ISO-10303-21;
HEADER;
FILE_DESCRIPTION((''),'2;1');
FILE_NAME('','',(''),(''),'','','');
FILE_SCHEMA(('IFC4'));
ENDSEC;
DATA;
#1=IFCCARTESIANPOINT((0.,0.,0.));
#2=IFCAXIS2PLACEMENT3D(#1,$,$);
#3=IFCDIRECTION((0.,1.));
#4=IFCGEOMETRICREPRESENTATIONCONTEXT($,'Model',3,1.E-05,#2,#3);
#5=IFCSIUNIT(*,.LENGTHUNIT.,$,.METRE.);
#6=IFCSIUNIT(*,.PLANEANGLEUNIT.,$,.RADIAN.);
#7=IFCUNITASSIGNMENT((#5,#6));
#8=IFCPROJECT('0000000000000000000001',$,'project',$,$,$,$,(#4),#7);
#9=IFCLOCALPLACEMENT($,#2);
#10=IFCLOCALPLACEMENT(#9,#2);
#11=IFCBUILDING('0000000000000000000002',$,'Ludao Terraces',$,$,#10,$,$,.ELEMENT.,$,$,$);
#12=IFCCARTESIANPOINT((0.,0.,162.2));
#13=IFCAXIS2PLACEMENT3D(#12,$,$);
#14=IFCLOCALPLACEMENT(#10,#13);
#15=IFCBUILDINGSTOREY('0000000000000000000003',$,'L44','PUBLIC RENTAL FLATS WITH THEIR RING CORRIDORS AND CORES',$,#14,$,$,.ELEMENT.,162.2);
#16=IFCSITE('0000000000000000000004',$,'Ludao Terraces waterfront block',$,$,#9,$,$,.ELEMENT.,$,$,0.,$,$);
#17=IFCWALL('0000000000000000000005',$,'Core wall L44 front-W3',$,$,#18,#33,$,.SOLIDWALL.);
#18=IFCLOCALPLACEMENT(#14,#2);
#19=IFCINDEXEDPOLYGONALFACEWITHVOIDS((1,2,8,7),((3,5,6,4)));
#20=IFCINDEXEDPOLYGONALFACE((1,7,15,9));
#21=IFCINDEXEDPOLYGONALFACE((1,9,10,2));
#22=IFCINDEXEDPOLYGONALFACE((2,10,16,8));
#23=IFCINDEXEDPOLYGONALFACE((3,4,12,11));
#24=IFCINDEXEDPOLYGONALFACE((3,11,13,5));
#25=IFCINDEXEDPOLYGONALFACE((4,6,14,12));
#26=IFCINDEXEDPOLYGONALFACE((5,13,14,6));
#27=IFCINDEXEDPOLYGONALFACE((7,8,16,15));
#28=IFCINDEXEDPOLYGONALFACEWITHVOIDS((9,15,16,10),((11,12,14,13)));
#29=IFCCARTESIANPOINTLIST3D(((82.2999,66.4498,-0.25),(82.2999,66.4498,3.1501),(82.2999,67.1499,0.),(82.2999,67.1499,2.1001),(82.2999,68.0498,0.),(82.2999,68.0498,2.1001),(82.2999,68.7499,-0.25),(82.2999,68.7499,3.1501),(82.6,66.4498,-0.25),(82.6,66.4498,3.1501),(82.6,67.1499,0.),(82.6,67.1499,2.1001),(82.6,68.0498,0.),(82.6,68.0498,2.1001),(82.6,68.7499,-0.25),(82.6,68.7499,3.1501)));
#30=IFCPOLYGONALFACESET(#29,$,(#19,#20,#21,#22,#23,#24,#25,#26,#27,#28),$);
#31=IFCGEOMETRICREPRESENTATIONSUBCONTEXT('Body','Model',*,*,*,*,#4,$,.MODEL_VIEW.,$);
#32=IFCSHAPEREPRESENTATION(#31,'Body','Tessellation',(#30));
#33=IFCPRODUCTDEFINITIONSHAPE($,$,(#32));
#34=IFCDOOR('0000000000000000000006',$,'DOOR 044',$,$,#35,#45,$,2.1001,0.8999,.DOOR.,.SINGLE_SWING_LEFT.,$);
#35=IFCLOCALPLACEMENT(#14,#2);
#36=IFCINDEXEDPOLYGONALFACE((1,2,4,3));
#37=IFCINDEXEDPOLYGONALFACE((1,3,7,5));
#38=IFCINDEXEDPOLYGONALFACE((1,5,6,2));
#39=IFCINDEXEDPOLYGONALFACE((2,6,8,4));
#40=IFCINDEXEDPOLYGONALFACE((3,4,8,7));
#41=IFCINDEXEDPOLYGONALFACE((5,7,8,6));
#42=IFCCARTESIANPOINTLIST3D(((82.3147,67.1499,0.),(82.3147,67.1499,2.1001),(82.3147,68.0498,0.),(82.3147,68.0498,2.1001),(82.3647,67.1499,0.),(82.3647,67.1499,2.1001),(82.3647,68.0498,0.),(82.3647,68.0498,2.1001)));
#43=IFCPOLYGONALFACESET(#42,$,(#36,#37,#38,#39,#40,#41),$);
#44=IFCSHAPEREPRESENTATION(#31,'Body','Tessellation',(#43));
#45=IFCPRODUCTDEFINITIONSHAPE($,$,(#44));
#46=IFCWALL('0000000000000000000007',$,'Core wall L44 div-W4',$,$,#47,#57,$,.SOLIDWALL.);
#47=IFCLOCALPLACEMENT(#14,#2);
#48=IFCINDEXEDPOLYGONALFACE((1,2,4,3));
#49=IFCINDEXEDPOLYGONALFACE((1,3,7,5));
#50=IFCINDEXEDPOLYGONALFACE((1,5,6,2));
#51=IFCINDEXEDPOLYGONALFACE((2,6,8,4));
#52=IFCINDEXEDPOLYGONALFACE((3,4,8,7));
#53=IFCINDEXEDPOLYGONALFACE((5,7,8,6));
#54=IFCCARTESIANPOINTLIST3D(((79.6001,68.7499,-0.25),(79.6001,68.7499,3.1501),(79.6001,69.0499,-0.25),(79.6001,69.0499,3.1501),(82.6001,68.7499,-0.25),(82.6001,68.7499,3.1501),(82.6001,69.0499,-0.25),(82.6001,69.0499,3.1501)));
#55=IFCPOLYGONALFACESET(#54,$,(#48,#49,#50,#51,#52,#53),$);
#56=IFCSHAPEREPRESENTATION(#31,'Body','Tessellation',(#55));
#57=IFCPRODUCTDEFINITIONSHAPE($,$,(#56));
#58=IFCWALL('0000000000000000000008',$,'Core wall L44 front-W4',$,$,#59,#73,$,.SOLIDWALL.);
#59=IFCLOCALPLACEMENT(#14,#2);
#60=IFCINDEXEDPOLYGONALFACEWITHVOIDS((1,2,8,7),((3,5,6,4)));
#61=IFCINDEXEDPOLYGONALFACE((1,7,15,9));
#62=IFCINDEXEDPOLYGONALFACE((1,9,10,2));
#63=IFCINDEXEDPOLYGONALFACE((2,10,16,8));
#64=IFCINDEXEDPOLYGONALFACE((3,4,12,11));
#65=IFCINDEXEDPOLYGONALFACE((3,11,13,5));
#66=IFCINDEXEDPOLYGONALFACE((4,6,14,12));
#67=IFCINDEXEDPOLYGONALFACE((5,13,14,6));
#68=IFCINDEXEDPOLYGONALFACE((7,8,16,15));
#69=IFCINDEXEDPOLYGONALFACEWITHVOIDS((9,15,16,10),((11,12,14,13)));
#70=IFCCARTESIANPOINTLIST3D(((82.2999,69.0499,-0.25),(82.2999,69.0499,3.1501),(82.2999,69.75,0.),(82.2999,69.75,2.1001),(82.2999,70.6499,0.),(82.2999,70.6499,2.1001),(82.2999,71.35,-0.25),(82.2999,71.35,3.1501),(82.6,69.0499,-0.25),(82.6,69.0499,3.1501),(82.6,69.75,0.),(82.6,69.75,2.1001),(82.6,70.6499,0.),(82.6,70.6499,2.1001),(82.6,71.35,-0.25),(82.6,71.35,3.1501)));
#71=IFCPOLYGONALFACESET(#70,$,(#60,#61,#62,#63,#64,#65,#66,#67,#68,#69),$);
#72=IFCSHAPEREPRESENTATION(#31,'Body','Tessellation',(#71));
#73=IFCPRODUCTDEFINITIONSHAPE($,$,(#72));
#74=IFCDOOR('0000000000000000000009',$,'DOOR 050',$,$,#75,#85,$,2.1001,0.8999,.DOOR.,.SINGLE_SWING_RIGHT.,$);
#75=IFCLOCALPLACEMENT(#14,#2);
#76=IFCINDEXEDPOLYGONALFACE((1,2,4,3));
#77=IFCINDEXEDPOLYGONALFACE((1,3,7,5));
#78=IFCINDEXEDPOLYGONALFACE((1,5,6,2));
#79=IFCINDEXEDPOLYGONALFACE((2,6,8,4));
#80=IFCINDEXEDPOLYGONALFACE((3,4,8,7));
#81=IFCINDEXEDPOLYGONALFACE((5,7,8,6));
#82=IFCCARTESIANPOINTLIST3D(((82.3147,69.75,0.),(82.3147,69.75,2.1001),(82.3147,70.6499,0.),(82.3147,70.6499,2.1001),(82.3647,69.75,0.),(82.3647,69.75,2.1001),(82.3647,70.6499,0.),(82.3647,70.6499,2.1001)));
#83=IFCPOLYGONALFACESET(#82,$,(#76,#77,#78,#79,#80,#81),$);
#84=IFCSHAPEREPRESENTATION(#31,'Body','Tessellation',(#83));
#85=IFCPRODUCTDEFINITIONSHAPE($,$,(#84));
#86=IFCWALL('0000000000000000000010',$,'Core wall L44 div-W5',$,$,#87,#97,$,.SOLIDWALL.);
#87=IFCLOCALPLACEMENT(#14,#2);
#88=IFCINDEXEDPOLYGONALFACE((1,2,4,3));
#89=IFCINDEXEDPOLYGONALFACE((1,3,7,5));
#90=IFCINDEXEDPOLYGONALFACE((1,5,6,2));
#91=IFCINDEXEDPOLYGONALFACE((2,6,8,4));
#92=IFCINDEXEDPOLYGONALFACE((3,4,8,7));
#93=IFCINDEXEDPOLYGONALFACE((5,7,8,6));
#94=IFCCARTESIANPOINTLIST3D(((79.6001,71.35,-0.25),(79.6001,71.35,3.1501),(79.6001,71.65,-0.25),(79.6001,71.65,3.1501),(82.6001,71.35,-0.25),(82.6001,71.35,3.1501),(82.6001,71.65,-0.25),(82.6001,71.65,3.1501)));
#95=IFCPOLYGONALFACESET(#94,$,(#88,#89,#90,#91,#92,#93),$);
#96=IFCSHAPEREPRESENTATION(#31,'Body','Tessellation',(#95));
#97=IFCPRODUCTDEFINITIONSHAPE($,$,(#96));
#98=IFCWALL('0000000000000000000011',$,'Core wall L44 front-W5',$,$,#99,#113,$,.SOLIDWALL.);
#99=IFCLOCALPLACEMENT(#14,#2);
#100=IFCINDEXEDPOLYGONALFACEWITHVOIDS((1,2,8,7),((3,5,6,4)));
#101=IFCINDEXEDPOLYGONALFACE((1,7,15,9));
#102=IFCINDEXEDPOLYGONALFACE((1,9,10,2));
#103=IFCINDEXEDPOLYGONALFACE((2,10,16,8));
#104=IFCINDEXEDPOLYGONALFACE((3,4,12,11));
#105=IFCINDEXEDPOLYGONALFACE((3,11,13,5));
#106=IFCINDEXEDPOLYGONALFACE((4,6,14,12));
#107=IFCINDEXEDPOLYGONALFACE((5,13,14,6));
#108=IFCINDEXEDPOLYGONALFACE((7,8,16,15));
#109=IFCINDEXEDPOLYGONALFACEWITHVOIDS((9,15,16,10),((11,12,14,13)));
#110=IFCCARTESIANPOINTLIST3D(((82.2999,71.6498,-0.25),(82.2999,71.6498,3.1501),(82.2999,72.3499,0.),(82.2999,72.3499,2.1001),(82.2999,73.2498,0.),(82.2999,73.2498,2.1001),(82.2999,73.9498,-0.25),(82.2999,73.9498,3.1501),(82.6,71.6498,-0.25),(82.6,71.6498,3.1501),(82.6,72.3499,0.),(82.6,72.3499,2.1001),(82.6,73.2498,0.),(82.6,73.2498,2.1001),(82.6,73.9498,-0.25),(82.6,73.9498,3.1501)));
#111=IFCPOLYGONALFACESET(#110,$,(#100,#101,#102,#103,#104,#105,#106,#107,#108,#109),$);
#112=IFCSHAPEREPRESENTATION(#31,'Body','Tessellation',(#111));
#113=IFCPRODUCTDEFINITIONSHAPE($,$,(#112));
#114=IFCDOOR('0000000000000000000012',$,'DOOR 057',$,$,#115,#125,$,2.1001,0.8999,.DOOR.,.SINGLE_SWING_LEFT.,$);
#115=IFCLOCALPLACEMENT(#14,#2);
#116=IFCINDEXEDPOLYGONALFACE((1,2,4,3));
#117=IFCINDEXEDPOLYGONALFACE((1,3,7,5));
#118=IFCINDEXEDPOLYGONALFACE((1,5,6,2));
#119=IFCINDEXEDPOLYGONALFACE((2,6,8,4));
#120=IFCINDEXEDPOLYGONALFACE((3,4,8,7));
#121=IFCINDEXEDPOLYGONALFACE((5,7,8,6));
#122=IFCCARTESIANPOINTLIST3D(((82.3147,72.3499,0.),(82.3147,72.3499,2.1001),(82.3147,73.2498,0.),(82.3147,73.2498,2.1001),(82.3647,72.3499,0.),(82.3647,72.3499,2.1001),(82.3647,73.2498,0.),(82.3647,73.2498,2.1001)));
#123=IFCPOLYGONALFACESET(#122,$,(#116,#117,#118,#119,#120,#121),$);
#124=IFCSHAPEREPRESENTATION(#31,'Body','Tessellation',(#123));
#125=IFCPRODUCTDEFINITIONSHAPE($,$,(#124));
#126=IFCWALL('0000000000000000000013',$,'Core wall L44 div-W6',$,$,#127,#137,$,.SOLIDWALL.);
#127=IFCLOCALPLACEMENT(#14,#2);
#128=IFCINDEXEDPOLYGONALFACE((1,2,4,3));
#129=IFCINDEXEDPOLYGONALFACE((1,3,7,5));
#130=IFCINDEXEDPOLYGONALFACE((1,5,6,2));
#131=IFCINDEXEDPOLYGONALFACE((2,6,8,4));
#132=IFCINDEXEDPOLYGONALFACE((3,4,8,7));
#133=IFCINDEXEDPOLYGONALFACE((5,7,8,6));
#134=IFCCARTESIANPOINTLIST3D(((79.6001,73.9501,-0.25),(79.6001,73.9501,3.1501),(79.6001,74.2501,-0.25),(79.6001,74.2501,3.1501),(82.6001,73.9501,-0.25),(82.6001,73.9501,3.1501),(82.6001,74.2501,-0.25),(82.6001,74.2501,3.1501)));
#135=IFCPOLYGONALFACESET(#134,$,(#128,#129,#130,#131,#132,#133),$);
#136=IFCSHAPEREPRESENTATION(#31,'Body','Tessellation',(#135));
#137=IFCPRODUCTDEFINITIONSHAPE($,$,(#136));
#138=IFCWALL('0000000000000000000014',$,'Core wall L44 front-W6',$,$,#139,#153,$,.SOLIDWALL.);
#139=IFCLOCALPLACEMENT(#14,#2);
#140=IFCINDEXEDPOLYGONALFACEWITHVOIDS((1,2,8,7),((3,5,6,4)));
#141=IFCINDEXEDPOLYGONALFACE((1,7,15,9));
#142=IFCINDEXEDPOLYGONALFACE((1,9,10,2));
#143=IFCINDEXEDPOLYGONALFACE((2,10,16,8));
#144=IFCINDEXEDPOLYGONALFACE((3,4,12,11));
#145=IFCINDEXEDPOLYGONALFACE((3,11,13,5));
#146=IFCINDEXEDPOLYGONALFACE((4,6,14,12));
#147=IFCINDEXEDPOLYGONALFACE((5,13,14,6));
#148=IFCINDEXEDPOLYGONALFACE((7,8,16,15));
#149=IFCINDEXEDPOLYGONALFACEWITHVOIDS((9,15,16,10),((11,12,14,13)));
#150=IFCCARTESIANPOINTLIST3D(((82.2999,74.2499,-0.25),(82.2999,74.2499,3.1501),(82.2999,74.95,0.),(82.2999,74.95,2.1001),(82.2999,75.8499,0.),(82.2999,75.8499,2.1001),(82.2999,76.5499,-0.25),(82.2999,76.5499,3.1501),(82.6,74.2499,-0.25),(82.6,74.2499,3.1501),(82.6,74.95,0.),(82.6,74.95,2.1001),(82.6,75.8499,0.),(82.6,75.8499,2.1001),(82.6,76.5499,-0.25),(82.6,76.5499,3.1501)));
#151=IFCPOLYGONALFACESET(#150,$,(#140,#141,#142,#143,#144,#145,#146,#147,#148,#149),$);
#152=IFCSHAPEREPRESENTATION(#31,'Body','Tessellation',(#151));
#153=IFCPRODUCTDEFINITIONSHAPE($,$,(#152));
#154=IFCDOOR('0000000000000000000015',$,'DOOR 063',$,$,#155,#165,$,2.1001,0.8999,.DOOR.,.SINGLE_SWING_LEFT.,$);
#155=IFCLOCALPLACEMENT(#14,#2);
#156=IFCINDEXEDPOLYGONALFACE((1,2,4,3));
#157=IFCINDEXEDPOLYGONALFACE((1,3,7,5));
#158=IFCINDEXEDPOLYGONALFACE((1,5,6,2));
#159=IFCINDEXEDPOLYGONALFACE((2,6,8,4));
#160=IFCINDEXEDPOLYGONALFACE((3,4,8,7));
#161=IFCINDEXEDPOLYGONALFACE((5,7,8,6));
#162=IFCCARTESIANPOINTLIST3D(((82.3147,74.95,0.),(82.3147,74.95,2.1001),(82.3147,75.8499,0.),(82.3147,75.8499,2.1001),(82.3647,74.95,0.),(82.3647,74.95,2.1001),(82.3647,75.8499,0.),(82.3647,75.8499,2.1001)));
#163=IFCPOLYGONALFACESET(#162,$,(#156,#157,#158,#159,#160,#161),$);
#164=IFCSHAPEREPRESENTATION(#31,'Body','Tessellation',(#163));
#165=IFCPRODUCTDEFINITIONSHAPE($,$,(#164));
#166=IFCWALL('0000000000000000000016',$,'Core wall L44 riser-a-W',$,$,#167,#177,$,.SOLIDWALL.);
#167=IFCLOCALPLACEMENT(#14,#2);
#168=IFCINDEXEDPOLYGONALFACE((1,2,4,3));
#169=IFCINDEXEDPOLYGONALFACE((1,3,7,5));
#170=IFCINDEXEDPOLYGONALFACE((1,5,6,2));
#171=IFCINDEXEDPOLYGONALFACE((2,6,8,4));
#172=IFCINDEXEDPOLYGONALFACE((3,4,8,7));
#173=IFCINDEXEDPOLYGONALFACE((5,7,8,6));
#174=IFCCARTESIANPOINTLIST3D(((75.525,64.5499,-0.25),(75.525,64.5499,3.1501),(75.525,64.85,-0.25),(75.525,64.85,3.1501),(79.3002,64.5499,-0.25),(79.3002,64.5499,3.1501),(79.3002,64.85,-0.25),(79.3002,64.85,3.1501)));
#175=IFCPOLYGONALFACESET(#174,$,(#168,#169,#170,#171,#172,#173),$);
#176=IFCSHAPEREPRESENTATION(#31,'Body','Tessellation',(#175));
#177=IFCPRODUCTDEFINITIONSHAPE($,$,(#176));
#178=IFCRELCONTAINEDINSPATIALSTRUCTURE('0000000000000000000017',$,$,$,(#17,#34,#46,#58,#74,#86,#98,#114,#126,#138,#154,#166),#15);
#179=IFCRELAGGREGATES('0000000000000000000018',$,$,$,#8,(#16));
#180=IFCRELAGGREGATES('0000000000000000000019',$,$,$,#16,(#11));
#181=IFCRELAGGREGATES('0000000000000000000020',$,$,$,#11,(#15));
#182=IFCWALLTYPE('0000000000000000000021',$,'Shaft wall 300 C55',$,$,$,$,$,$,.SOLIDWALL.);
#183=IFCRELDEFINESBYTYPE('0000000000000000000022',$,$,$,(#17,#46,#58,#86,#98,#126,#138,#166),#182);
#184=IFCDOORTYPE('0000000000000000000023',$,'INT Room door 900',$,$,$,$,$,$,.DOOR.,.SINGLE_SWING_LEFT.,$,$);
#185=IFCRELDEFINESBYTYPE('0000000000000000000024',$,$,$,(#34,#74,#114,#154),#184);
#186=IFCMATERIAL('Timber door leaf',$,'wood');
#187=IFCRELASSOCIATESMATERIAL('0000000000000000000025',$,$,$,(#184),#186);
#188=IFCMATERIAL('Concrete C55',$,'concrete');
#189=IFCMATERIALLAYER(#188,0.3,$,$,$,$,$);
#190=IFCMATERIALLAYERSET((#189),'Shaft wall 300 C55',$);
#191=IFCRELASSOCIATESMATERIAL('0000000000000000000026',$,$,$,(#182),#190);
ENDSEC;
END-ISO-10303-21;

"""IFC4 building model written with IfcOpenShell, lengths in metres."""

from ifc_helpers import new_model, si_unit, direction, frame, frame_2d, origin, place, context, subcontext, project, spatial, rectangle, extrude, material, layer, layer_set, type_object, element, fill, save


model = new_model("IFC4")

# Units and contexts
model_context = context("Model", 3, precision=1e-05, world=origin(), true_north=direction((0.0, 1.0)))
body_context = subcontext(model_context, "Body", "Model", "MODEL_VIEW")
ifc_project = project(units=[si_unit("LENGTHUNIT", "METRE"), si_unit("PLANEANGLEUNIT", "RADIAN")], contexts=[model_context])

# Site, building, storey
site_placement = place(None, origin())
site = spatial("IfcSite", under=ifc_project, at=site_placement, Name="Ludao Terraces waterfront block", CompositionType="ELEMENT", RefElevation=0.0)
building_placement = place(site_placement, origin())
building = spatial("IfcBuilding", under=site, at=building_placement, Name="Ludao Terraces", CompositionType="ELEMENT")
storey_placement = place(building_placement, frame((0.0, 0.0, 162.2)))
storey = spatial("IfcBuildingStorey", under=building, at=storey_placement, Name="L44", Description="PUBLIC RENTAL FLATS WITH THEIR RING CORRIDORS AND CORES", CompositionType="ELEMENT", Elevation=162.2)

# Shared definitions
ifc_material_1 = material(Name="Timber door leaf", Category="wood")
door_type_1 = type_object("IfcDoorType", Name="INT Room door 900", OperationType="SINGLE_SWING_LEFT", PredefinedType="DOOR", material=ifc_material_1)

# Shared definitions
ifc_material_2 = material(Name="Concrete C55", Category="concrete")
ifc_layer_1 = layer(ifc_material_2, 0.3)
ifc_layer_set_1 = layer_set([ifc_layer_1], Name="Shaft wall 300 C55")
wall_type_1 = type_object("IfcWallType", Name="Shaft wall 300 C55", PredefinedType="SOLIDWALL", material=ifc_layer_set_1)

# Wall, opening, door
wall_1_placement = place(storey_placement, frame((82.45, 66.45, -0.25), z_axis=(0.0, 0.0, 1.0), x_axis=(0.0, 1.0, 0.0)))
wall_1 = element("IfcWall", 1, at=wall_1_placement, inside=storey, type_object=wall_type_1, Name="Core wall L44 front-W3", PredefinedType="SOLIDWALL", context=body_context, shape_type="SweptSolid", body=[
    extrude(rectangle(XDim=2.3, YDim=0.3, at=frame_2d((1.1499, 0.0))), origin(), (0.0, 0.0, 1.0), 3.4001),
])
opening_1_placement = place(wall_1_placement, frame((0.7, 0.0, 0.25)))
opening_1 = element("IfcOpeningElement", 2, at=opening_1_placement, cuts=wall_1, PredefinedType="OPENING", context=body_context, shape_type="SweptSolid", body=[
    extrude(rectangle(XDim=0.8999, YDim=2.1001, at=frame_2d((0.45, 1.05))), frame((0.0, 0.1602, 0.0), z_axis=(0.0, -1.0, 0.0), x_axis=(1.0, 0.0, 0.0)), (0.0, 0.0, 1.0), 0.3201),
])
door_1_placement = place(opening_1_placement, origin())
door_1 = element("IfcDoor", 3, at=door_1_placement, inside=storey, type_object=door_type_1, Name="DOOR 044", OperationType="SINGLE_SWING_LEFT", OverallHeight=2.1001, OverallWidth=0.8999, PredefinedType="DOOR", context=body_context, shape_type="SweptSolid", body=[
    extrude(rectangle(XDim=0.8999, YDim=2.1001, at=frame_2d((0.45, 1.05))), frame((0.0, 0.1353, 0.0), z_axis=(0.0, -1.0, 0.0), x_axis=(1.0, 0.0, 0.0)), (0.0, 0.0, 1.0), 0.05),
])
fill(opening_1, door_1)

# Wall
wall_2_placement = place(storey_placement, frame((79.6001, 68.8999, -0.25), z_axis=(0.0, 0.0, 1.0), x_axis=(1.0, 0.0, 0.0)))
element("IfcWall", 4, at=wall_2_placement, inside=storey, type_object=wall_type_1, Name="Core wall L44 div-W4", PredefinedType="SOLIDWALL", context=body_context, shape_type="SweptSolid", body=[
    extrude(rectangle(XDim=3.0, YDim=0.3, at=frame_2d((1.5, 0.0))), origin(), (0.0, 0.0, 1.0), 3.4001),
])

# Wall, opening, door
wall_3_placement = place(storey_placement, frame((82.45, 69.05, -0.25), z_axis=(0.0, 0.0, 1.0), x_axis=(0.0, 1.0, 0.0)))
wall_3 = element("IfcWall", 5, at=wall_3_placement, inside=storey, type_object=wall_type_1, Name="Core wall L44 front-W4", PredefinedType="SOLIDWALL", context=body_context, shape_type="SweptSolid", body=[
    extrude(rectangle(XDim=2.3, YDim=0.3, at=frame_2d((1.1499, 0.0))), origin(), (0.0, 0.0, 1.0), 3.4001),
])
opening_2_placement = place(wall_3_placement, frame((0.7, 0.0, 0.25)))
opening_2 = element("IfcOpeningElement", 6, at=opening_2_placement, cuts=wall_3, PredefinedType="OPENING", context=body_context, shape_type="SweptSolid", body=[
    extrude(rectangle(XDim=0.8999, YDim=2.1001, at=frame_2d((0.45, 1.05))), frame((0.0, 0.1602, 0.0), z_axis=(0.0, -1.0, 0.0), x_axis=(1.0, 0.0, 0.0)), (0.0, 0.0, 1.0), 0.3201),
])
door_2_placement = place(opening_2_placement, origin())
door_2 = element("IfcDoor", 7, at=door_2_placement, inside=storey, type_object=door_type_1, Name="DOOR 050", OperationType="SINGLE_SWING_RIGHT", OverallHeight=2.1001, OverallWidth=0.8999, PredefinedType="DOOR", context=body_context, shape_type="SweptSolid", body=[
    extrude(rectangle(XDim=0.8999, YDim=2.1001, at=frame_2d((0.45, 1.05))), frame((0.0, 0.1353, 0.0), z_axis=(0.0, -1.0, 0.0), x_axis=(1.0, 0.0, 0.0)), (0.0, 0.0, 1.0), 0.05),
])
fill(opening_2, door_2)

# Wall
wall_4_placement = place(storey_placement, frame((79.6001, 71.5, -0.25), z_axis=(0.0, 0.0, 1.0), x_axis=(1.0, 0.0, 0.0)))
element("IfcWall", 8, at=wall_4_placement, inside=storey, type_object=wall_type_1, Name="Core wall L44 div-W5", PredefinedType="SOLIDWALL", context=body_context, shape_type="SweptSolid", body=[
    extrude(rectangle(XDim=3.0, YDim=0.3, at=frame_2d((1.5, 0.0))), origin(), (0.0, 0.0, 1.0), 3.4001),
])

# Wall, opening, door
wall_5_placement = place(storey_placement, frame((82.45, 71.6499, -0.25), z_axis=(0.0, 0.0, 1.0), x_axis=(0.0, 1.0, 0.0)))
wall_5 = element("IfcWall", 9, at=wall_5_placement, inside=storey, type_object=wall_type_1, Name="Core wall L44 front-W5", PredefinedType="SOLIDWALL", context=body_context, shape_type="SweptSolid", body=[
    extrude(rectangle(XDim=2.3, YDim=0.3, at=frame_2d((1.1499, 0.0))), origin(), (0.0, 0.0, 1.0), 3.4001),
])
opening_3_placement = place(wall_5_placement, frame((0.7, 0.0, 0.25)))
opening_3 = element("IfcOpeningElement", 10, at=opening_3_placement, cuts=wall_5, PredefinedType="OPENING", context=body_context, shape_type="SweptSolid", body=[
    extrude(rectangle(XDim=0.8999, YDim=2.1001, at=frame_2d((0.45, 1.05))), frame((0.0, 0.1602, 0.0), z_axis=(0.0, -1.0, 0.0), x_axis=(1.0, 0.0, 0.0)), (0.0, 0.0, 1.0), 0.3201),
])
door_3_placement = place(opening_3_placement, origin())
door_3 = element("IfcDoor", 11, at=door_3_placement, inside=storey, type_object=door_type_1, Name="DOOR 057", OperationType="SINGLE_SWING_LEFT", OverallHeight=2.1001, OverallWidth=0.8999, PredefinedType="DOOR", context=body_context, shape_type="SweptSolid", body=[
    extrude(rectangle(XDim=0.8999, YDim=2.1001, at=frame_2d((0.45, 1.05))), frame((0.0, 0.1353, 0.0), z_axis=(0.0, -1.0, 0.0), x_axis=(1.0, 0.0, 0.0)), (0.0, 0.0, 1.0), 0.05),
])
fill(opening_3, door_3)

# Wall
wall_6_placement = place(storey_placement, frame((79.6001, 74.1001, -0.25), z_axis=(0.0, 0.0, 1.0), x_axis=(1.0, 0.0, 0.0)))
element("IfcWall", 12, at=wall_6_placement, inside=storey, type_object=wall_type_1, Name="Core wall L44 div-W6", PredefinedType="SOLIDWALL", context=body_context, shape_type="SweptSolid", body=[
    extrude(rectangle(XDim=3.0, YDim=0.3, at=frame_2d((1.5, 0.0))), origin(), (0.0, 0.0, 1.0), 3.4001),
])

# Wall, opening, door
wall_7_placement = place(storey_placement, frame((82.45, 74.25, -0.25), z_axis=(0.0, 0.0, 1.0), x_axis=(0.0, 1.0, 0.0)))
wall_7 = element("IfcWall", 13, at=wall_7_placement, inside=storey, type_object=wall_type_1, Name="Core wall L44 front-W6", PredefinedType="SOLIDWALL", context=body_context, shape_type="SweptSolid", body=[
    extrude(rectangle(XDim=2.3, YDim=0.3, at=frame_2d((1.1499, 0.0))), origin(), (0.0, 0.0, 1.0), 3.4001),
])
opening_4_placement = place(wall_7_placement, frame((0.7, 0.0, 0.25)))
opening_4 = element("IfcOpeningElement", 14, at=opening_4_placement, cuts=wall_7, PredefinedType="OPENING", context=body_context, shape_type="SweptSolid", body=[
    extrude(rectangle(XDim=0.8999, YDim=2.1001, at=frame_2d((0.45, 1.05))), frame((0.0, 0.1602, 0.0), z_axis=(0.0, -1.0, 0.0), x_axis=(1.0, 0.0, 0.0)), (0.0, 0.0, 1.0), 0.3201),
])
door_4_placement = place(opening_4_placement, origin())
door_4 = element("IfcDoor", 15, at=door_4_placement, inside=storey, type_object=door_type_1, Name="DOOR 063", OperationType="SINGLE_SWING_LEFT", OverallHeight=2.1001, OverallWidth=0.8999, PredefinedType="DOOR", context=body_context, shape_type="SweptSolid", body=[
    extrude(rectangle(XDim=0.8999, YDim=2.1001, at=frame_2d((0.45, 1.05))), frame((0.0, 0.1353, 0.0), z_axis=(0.0, -1.0, 0.0), x_axis=(1.0, 0.0, 0.0)), (0.0, 0.0, 1.0), 0.05),
])
fill(opening_4, door_4)

# Wall
for number, where, z_axis, x_axis, name in (
    (16, (75.5249, 64.7, -0.25), (0.0, 0.0, 1.0), (1.0, 0.0, 0.0), "Core wall L44 riser-a-W"),
):
    element("IfcWall", number, at=place(storey_placement, frame(where, z_axis=z_axis, x_axis=x_axis)), inside=storey, type_object=wall_type_1, Name=name, PredefinedType="SOLIDWALL", context=body_context, shape_type="SweptSolid", body=[
        extrude(rectangle(XDim=3.7751, YDim=0.3, at=frame_2d((1.8877, 0.0))), origin(), (0.0, 0.0, 1.0), 3.4001),
    ])

save(model, "model.ifc")
